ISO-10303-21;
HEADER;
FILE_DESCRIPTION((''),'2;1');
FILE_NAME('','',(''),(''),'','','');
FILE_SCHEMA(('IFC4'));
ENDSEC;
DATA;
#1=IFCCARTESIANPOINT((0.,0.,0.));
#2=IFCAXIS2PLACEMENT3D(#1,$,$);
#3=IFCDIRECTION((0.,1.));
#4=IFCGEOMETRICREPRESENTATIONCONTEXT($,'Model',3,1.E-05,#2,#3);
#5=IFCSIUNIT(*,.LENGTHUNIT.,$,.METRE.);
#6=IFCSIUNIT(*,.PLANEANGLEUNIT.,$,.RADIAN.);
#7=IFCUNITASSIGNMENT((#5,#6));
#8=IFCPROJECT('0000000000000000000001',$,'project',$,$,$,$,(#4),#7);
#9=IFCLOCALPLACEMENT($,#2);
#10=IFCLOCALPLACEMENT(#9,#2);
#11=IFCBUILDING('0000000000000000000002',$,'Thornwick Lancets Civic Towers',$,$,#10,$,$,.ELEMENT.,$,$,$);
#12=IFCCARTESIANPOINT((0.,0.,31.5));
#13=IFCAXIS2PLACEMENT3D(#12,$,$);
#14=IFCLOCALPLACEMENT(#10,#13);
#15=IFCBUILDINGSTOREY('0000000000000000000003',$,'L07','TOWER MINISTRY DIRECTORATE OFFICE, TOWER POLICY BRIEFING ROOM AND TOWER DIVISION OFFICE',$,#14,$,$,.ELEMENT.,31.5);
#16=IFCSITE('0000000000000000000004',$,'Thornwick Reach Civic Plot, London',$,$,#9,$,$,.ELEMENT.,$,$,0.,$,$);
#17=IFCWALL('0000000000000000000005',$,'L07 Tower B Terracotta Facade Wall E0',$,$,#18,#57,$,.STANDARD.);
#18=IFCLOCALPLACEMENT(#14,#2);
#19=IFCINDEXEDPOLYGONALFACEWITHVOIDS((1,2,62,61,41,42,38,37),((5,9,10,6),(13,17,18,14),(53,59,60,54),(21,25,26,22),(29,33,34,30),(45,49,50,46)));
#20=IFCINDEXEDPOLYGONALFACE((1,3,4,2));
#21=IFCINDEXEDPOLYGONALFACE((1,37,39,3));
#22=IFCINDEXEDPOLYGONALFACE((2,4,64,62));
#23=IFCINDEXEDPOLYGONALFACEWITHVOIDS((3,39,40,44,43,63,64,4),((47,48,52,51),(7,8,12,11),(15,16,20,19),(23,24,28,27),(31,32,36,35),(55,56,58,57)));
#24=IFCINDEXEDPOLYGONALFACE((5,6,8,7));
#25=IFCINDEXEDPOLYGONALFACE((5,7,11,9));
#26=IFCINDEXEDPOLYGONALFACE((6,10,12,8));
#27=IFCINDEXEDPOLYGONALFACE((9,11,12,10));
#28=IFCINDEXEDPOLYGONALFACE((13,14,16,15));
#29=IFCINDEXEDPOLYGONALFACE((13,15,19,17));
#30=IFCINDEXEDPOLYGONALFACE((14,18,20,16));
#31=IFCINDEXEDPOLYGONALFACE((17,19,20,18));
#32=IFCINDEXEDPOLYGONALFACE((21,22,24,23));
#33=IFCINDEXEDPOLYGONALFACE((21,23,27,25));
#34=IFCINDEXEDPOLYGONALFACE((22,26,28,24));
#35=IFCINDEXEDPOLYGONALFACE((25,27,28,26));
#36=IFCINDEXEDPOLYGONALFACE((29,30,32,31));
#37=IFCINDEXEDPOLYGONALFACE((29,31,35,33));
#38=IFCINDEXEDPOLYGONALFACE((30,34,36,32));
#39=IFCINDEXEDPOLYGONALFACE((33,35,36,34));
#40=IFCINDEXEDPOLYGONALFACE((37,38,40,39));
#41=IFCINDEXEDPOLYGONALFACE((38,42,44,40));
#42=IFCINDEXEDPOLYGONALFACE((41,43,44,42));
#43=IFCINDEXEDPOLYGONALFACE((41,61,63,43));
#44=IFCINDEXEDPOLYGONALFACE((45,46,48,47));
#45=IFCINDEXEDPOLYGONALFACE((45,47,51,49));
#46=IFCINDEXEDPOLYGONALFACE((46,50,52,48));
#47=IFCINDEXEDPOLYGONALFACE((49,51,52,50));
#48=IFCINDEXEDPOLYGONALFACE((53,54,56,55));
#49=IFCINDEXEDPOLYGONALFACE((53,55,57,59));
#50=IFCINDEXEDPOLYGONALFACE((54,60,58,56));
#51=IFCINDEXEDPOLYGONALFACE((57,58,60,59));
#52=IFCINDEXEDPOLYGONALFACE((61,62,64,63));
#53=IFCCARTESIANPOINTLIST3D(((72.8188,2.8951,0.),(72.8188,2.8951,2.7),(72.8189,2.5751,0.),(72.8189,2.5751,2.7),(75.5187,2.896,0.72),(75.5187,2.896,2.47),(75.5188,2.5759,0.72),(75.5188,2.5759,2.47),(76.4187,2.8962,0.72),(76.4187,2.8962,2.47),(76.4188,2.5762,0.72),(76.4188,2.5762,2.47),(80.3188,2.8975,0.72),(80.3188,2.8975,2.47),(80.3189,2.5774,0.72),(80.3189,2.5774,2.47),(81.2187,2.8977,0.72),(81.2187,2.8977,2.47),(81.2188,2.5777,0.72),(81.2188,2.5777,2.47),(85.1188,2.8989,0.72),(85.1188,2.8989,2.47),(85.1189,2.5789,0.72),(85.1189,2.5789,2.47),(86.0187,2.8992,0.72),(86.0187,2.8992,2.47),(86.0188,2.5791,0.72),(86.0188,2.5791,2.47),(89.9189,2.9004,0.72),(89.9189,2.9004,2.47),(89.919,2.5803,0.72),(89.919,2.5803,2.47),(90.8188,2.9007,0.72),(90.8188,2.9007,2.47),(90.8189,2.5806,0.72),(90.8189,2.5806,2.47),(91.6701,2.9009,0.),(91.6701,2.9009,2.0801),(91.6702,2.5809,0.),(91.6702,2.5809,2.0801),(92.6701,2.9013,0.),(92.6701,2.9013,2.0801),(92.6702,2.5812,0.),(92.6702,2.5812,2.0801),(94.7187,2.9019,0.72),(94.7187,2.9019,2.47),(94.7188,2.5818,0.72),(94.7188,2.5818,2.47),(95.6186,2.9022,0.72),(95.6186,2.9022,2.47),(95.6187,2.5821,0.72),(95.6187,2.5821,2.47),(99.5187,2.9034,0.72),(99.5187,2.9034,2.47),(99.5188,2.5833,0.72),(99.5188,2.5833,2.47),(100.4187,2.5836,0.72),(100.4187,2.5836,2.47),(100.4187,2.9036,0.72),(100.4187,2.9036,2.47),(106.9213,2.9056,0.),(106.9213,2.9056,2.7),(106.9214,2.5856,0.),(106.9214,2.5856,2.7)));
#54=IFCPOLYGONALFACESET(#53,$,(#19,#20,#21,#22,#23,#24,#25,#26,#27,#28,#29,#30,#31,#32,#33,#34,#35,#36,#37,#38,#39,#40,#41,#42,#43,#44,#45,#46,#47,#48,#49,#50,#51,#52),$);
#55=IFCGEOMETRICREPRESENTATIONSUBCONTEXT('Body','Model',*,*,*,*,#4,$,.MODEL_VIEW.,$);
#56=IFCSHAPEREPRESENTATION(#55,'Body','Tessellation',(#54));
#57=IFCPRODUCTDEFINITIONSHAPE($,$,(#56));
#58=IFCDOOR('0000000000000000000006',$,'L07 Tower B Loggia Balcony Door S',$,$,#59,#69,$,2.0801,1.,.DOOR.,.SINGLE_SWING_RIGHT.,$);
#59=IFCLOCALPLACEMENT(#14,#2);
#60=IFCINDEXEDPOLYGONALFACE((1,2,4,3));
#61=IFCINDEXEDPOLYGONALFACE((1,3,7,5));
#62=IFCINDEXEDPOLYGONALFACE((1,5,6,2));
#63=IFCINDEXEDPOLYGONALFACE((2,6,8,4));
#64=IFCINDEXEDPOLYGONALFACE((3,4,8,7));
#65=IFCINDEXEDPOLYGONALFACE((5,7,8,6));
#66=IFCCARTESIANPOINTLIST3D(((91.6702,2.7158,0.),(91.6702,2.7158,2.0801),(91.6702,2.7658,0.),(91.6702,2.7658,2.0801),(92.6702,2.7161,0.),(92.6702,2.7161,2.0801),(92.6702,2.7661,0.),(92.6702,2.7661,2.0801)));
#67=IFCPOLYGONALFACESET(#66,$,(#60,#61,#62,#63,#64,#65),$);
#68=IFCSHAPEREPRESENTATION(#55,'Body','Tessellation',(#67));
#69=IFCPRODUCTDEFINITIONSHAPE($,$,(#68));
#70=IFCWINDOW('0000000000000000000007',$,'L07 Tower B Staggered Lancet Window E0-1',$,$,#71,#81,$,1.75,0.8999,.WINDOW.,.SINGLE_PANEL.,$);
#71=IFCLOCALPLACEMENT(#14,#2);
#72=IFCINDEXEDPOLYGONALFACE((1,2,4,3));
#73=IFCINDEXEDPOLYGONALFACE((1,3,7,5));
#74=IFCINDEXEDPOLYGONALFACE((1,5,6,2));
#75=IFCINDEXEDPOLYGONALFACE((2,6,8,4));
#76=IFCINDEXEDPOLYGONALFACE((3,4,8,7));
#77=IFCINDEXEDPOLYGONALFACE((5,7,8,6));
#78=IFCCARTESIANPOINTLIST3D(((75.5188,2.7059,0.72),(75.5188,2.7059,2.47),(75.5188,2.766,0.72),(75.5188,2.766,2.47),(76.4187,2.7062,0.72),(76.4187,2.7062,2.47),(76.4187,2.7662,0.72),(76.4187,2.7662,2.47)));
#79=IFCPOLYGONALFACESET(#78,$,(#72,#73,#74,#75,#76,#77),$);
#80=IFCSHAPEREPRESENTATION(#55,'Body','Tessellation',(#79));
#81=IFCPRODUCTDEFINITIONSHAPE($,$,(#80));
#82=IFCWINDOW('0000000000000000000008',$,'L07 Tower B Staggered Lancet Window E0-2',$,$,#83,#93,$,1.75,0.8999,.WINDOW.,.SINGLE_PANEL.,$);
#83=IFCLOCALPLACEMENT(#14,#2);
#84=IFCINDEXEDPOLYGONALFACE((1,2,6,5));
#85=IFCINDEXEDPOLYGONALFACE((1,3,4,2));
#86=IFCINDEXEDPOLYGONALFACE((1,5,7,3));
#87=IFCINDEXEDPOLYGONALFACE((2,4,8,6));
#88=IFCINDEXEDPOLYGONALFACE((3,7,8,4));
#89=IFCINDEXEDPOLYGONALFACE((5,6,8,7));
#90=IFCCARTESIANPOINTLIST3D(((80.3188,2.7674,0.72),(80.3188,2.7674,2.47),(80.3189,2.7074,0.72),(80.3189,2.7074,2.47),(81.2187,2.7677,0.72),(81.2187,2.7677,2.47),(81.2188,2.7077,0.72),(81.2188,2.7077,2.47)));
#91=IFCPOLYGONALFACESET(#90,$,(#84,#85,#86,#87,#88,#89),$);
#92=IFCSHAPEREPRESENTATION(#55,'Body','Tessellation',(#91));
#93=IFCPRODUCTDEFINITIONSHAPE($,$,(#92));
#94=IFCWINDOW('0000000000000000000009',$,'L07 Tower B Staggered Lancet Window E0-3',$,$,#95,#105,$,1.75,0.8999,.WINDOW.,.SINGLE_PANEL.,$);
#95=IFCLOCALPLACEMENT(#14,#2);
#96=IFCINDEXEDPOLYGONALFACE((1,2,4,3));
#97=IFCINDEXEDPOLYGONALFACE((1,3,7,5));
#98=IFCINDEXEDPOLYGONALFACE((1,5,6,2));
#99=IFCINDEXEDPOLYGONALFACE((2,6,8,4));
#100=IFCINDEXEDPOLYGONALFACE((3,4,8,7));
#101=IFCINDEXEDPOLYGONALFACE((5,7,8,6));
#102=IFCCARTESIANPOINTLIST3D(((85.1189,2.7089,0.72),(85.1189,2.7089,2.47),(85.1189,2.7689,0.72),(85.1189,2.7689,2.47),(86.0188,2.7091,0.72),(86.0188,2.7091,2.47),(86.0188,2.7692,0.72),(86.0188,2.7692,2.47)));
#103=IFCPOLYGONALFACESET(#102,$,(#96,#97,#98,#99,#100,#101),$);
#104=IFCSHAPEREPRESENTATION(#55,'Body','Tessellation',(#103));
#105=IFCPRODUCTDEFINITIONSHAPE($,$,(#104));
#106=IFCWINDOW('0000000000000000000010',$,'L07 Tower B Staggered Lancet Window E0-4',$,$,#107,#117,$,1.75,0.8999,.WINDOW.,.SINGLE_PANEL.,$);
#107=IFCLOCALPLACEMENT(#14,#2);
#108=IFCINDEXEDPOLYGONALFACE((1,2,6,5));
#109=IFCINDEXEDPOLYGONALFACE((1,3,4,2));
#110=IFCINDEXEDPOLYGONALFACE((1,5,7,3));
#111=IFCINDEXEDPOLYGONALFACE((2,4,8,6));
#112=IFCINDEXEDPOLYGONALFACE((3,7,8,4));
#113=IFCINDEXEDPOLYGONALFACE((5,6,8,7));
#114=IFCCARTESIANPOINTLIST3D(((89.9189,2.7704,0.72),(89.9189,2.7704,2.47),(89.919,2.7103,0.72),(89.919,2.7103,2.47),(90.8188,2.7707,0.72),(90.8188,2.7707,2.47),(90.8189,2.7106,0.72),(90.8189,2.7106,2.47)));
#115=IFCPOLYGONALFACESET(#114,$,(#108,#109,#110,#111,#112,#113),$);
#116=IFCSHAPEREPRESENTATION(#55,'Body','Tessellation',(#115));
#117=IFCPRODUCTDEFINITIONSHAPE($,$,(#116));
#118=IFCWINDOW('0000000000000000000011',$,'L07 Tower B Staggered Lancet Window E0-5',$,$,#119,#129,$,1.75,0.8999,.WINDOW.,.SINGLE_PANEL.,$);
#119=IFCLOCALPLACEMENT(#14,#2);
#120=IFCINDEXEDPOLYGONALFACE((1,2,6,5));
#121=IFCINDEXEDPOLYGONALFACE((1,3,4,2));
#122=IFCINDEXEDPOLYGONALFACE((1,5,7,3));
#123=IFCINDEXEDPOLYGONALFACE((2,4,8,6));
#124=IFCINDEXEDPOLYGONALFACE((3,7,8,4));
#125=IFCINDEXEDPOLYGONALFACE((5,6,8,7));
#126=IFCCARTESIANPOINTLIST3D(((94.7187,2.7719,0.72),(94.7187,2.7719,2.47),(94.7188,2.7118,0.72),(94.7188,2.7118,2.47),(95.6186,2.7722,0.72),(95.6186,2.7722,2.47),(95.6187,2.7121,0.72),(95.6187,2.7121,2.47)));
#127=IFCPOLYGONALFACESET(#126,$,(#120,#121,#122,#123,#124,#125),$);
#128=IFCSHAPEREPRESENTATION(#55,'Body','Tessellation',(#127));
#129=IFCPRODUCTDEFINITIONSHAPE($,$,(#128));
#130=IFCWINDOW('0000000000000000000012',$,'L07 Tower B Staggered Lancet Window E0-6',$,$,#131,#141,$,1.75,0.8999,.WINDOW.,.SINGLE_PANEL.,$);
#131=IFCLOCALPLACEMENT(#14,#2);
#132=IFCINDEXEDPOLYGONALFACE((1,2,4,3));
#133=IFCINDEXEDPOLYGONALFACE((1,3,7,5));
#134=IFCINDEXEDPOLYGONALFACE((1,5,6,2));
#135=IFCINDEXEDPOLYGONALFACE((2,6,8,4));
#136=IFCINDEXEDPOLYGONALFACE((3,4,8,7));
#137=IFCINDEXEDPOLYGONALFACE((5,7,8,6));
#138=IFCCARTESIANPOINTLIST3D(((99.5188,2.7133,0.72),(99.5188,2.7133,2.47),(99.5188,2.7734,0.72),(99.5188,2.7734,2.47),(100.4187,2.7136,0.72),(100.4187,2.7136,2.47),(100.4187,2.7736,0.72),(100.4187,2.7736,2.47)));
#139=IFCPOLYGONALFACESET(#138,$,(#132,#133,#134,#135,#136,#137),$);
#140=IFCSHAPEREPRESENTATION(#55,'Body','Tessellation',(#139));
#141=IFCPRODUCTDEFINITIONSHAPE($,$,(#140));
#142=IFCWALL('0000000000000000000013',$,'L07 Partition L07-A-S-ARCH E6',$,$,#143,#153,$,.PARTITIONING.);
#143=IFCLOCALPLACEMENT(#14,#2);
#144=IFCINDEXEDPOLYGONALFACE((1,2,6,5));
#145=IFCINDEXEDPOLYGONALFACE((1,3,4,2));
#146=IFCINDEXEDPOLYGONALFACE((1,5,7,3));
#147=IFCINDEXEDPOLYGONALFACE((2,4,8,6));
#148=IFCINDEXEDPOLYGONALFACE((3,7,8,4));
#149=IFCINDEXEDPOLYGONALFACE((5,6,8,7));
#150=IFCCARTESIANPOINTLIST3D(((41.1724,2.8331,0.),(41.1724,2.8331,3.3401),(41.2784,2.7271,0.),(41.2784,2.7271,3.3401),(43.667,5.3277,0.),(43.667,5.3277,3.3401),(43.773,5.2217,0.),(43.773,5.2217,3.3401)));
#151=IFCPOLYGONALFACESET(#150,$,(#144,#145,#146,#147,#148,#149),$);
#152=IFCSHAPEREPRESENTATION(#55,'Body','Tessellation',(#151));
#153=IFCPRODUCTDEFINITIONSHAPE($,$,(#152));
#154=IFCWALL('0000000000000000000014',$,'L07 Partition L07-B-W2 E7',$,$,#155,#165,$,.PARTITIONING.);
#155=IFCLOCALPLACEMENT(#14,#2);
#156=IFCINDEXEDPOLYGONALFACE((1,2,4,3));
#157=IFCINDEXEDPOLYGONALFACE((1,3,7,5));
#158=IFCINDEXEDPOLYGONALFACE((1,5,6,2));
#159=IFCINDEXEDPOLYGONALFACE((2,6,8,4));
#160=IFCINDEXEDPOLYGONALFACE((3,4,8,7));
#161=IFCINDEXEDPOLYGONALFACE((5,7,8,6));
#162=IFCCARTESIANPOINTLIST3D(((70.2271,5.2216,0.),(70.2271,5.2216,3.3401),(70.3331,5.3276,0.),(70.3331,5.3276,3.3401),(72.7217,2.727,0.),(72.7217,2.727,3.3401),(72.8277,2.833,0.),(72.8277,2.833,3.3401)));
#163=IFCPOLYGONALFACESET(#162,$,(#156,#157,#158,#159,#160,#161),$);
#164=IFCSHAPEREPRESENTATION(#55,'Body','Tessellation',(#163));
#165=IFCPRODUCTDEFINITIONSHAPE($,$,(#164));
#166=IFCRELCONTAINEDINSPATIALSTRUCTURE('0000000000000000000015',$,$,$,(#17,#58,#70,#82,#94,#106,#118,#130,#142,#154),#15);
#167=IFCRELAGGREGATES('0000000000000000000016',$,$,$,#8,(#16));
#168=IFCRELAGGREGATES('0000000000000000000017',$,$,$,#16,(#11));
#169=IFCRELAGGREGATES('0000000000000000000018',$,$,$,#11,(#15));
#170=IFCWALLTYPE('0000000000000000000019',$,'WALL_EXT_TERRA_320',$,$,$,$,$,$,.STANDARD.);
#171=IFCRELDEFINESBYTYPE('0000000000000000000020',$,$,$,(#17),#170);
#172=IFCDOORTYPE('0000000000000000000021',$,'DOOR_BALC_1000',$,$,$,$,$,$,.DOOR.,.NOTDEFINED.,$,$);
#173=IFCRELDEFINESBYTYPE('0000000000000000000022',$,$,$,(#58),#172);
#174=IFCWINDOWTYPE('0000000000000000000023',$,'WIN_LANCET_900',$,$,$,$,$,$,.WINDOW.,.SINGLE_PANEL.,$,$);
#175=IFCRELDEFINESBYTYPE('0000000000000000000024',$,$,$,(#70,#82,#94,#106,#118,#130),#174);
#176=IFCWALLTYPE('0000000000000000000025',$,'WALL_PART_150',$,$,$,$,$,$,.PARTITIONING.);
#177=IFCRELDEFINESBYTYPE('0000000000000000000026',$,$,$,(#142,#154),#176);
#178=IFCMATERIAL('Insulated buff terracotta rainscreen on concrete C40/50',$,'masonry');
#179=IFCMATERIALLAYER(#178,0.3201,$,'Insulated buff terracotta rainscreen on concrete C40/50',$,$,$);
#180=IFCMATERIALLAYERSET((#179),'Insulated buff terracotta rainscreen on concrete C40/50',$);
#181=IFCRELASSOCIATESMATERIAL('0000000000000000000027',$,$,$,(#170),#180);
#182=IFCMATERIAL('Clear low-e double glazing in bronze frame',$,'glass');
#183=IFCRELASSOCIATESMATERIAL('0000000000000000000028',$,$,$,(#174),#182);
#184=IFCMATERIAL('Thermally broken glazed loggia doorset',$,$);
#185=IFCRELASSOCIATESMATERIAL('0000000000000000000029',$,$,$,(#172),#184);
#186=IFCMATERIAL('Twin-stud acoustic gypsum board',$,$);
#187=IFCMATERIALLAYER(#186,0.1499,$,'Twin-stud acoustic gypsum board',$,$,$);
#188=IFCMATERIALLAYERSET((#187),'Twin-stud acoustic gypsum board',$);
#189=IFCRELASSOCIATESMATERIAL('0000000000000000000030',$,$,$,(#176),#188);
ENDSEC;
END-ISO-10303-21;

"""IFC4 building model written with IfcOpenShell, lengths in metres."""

from ifc_helpers import new_model, si_unit, direction, frame, frame_2d, origin, place, context, subcontext, project, spatial, rectangle, extrude, material, layer, layer_set, type_object, element, fill, save


model = new_model("IFC4")

# Units and contexts
model_context = context("Model", 3, precision=1e-05, world=origin(), true_north=direction((0.0, 1.0)))
body_context = subcontext(model_context, "Body", "Model", "MODEL_VIEW")
ifc_project = project(units=[si_unit("LENGTHUNIT", "METRE"), si_unit("PLANEANGLEUNIT", "RADIAN")], contexts=[model_context])

# Site, building, storey
site_placement = place(None, origin())
site = spatial("IfcSite", under=ifc_project, at=site_placement, Name="Thornwick Reach Civic Plot, London", CompositionType="ELEMENT", RefElevation=0.0)
building_placement = place(site_placement, origin())
building = spatial("IfcBuilding", under=site, at=building_placement, Name="Thornwick Lancets Civic Towers", CompositionType="ELEMENT")
storey_placement = place(building_placement, frame((0.0, 0.0, 31.5)))
storey = spatial("IfcBuildingStorey", under=building, at=storey_placement, Name="L07", Description="TOWER MINISTRY DIRECTORATE OFFICE, TOWER POLICY BRIEFING ROOM AND TOWER DIVISION OFFICE", CompositionType="ELEMENT", Elevation=31.5)

# Shared definitions
ifc_material_1 = material(Name="Insulated buff terracotta rainscreen on concrete C40/50", Category="masonry")
ifc_layer_1 = layer(ifc_material_1, 0.3201, Name="Insulated buff terracotta rainscreen on concrete C40/50")
ifc_layer_set_1 = layer_set([ifc_layer_1], Name="Insulated buff terracotta rainscreen on concrete C40/50")
wall_type_1 = type_object("IfcWallType", Name="WALL_EXT_TERRA_320", PredefinedType="STANDARD", material=ifc_layer_set_1)
ifc_material_2 = material(Name="Clear low-e double glazing in bronze frame", Category="glass")
window_type = type_object("IfcWindowType", Name="WIN_LANCET_900", PartitioningType="SINGLE_PANEL", PredefinedType="WINDOW", material=ifc_material_2)

# Wall, openings, door, windows
wall_1_placement = place(storey_placement, frame((72.8188, 2.7351, 0.0), z_axis=(0.0, 0.0, 1.0), x_axis=(1.0, 0.000308, 0.0)))
wall_1 = element("IfcWall", 1, at=wall_1_placement, inside=storey, type_object=wall_type_1, Name="L07 Tower B Terracotta Facade Wall E0", PredefinedType="STANDARD", context=body_context, shape_type="SweptSolid", body=[
    extrude(rectangle(XDim=34.1025, YDim=0.3201, at=frame_2d((17.0513, 0.0))), origin(), (0.0, 0.0, 1.0), 2.7),
])
opening_1_placement = place(wall_1_placement, frame((18.8513, 0.0, 0.0)))
opening_1 = element("IfcOpeningElement", 2, at=opening_1_placement, cuts=wall_1, PredefinedType="OPENING", context=body_context, shape_type="SweptSolid", body=[
    extrude(rectangle(XDim=1.0, YDim=2.0801, at=frame_2d((0.5, 1.04))), frame((0.0, 0.1699, 0.0), z_axis=(0.0, -1.0, 0.0), x_axis=(1.0, 0.0, 0.0)), (0.0, 0.0, 1.0), 0.3401),
])
opening_2_placement = place(wall_1_placement, frame((2.7, 0.0, 0.72)))
opening_2 = element("IfcOpeningElement", 3, at=opening_2_placement, cuts=wall_1, PredefinedType="OPENING", context=body_context, shape_type="SweptSolid", body=[
    extrude(rectangle(XDim=0.8999, YDim=1.75, at=frame_2d((0.45, 0.875))), frame((0.0, 0.1699, 0.0), z_axis=(0.0, -1.0, 0.0), x_axis=(1.0, 0.0, 0.0)), (0.0, 0.0, 1.0), 0.3401),
])
opening_3_placement = place(wall_1_placement, frame((7.5, 0.0, 0.72)))
opening_3 = element("IfcOpeningElement", 4, at=opening_3_placement, cuts=wall_1, PredefinedType="OPENING", context=body_context, shape_type="SweptSolid", body=[
    extrude(rectangle(XDim=0.8999, YDim=1.75, at=frame_2d((0.45, 0.875))), frame((0.0, 0.1699, 0.0), z_axis=(0.0, -1.0, 0.0), x_axis=(1.0, 0.0, 0.0)), (0.0, 0.0, 1.0), 0.3401),
])
opening_4_placement = place(wall_1_placement, frame((12.3, 0.0, 0.72)))
opening_4 = element("IfcOpeningElement", 5, at=opening_4_placement, cuts=wall_1, PredefinedType="OPENING", context=body_context, shape_type="SweptSolid", body=[
    extrude(rectangle(XDim=0.8999, YDim=1.75, at=frame_2d((0.45, 0.875))), frame((0.0, 0.1699, 0.0), z_axis=(0.0, -1.0, 0.0), x_axis=(1.0, 0.0, 0.0)), (0.0, 0.0, 1.0), 0.3401),
])
opening_5_placement = place(wall_1_placement, frame((17.1001, 0.0, 0.72)))
opening_5 = element("IfcOpeningElement", 6, at=opening_5_placement, cuts=wall_1, PredefinedType="OPENING", context=body_context, shape_type="SweptSolid", body=[
    extrude(rectangle(XDim=0.8999, YDim=1.75, at=frame_2d((0.45, 0.875))), frame((0.0, 0.1699, 0.0), z_axis=(0.0, -1.0, 0.0), x_axis=(1.0, 0.0, 0.0)), (0.0, 0.0, 1.0), 0.3401),
])
opening_6_placement = place(wall_1_placement, frame((21.8999, 0.0, 0.72)))
opening_6 = element("IfcOpeningElement", 7, at=opening_6_placement, cuts=wall_1, PredefinedType="OPENING", context=body_context, shape_type="SweptSolid", body=[
    extrude(rectangle(XDim=0.8999, YDim=1.75, at=frame_2d((0.45, 0.875))), frame((0.0, 0.1699, 0.0), z_axis=(0.0, -1.0, 0.0), x_axis=(1.0, 0.0, 0.0)), (0.0, 0.0, 1.0), 0.3401),
])
opening_7_placement = place(wall_1_placement, frame((26.7, 0.0, 0.72)))
opening_7 = element("IfcOpeningElement", 8, at=opening_7_placement, cuts=wall_1, PredefinedType="OPENING", context=body_context, shape_type="SweptSolid", body=[
    extrude(rectangle(XDim=0.8999, YDim=1.75, at=frame_2d((0.45, 0.875))), frame((0.0, 0.1699, 0.0), z_axis=(0.0, -1.0, 0.0), x_axis=(1.0, 0.0, 0.0)), (0.0, 0.0, 1.0), 0.3401),
])
ifc_material_3 = material(Name="Thermally broken glazed loggia doorset")
door_type = type_object("IfcDoorType", Name="DOOR_BALC_1000", OperationType="NOTDEFINED", PredefinedType="DOOR", material=ifc_material_3)
door_placement = place(opening_1_placement, origin())
door = element("IfcDoor", 9, at=door_placement, inside=storey, type_object=door_type, Name="L07 Tower B Loggia Balcony Door S", OperationType="SINGLE_SWING_RIGHT", OverallHeight=2.0801, OverallWidth=1.0, PredefinedType="DOOR", context=body_context, shape_type="SweptSolid", body=[
    extrude(rectangle(XDim=1.0, YDim=2.0801, at=frame_2d((0.5, 1.04))), frame((0.0, 0.0249, 0.0), z_axis=(0.0, -1.0, 0.0), x_axis=(1.0, 0.0, 0.0)), (0.0, 0.0, 1.0), 0.05),
])
fill(opening_1, door)
window_1_placement = place(opening_2_placement, origin())
window_1 = element("IfcWindow", 10, at=window_1_placement, inside=storey, type_object=window_type, Name="L07 Tower B Staggered Lancet Window E0-1", OverallHeight=1.75, OverallWidth=0.8999, PartitioningType="SINGLE_PANEL", PredefinedType="WINDOW", context=body_context, shape_type="SweptSolid", body=[
    extrude(rectangle(XDim=0.8999, YDim=1.75, at=frame_2d((0.45, 0.875))), frame((0.0, 0.03, 0.0), z_axis=(0.0, -1.0, 0.0), x_axis=(1.0, 0.0, 0.0)), (0.0, 0.0, 1.0), 0.0601),
])
fill(opening_2, window_1)
window_2_placement = place(opening_3_placement, origin())
window_2 = element("IfcWindow", 11, at=window_2_placement, inside=storey, type_object=window_type, Name="L07 Tower B Staggered Lancet Window E0-2", OverallHeight=1.75, OverallWidth=0.8999, PartitioningType="SINGLE_PANEL", PredefinedType="WINDOW", context=body_context, shape_type="SweptSolid", body=[
    extrude(rectangle(XDim=0.8999, YDim=1.75, at=frame_2d((0.45, 0.875))), frame((0.0, 0.03, 0.0), z_axis=(0.0, -1.0, 0.0), x_axis=(1.0, 0.0, 0.0)), (0.0, 0.0, 1.0), 0.0601),
])
fill(opening_3, window_2)
window_3_placement = place(opening_4_placement, origin())
window_3 = element("IfcWindow", 12, at=window_3_placement, inside=storey, type_object=window_type, Name="L07 Tower B Staggered Lancet Window E0-3", OverallHeight=1.75, OverallWidth=0.8999, PartitioningType="SINGLE_PANEL", PredefinedType="WINDOW", context=body_context, shape_type="SweptSolid", body=[
    extrude(rectangle(XDim=0.8999, YDim=1.75, at=frame_2d((0.45, 0.875))), frame((0.0, 0.03, 0.0), z_axis=(0.0, -1.0, 0.0), x_axis=(1.0, 0.0, 0.0)), (0.0, 0.0, 1.0), 0.0601),
])
fill(opening_4, window_3)
window_4_placement = place(opening_5_placement, origin())
window_4 = element("IfcWindow", 13, at=window_4_placement, inside=storey, type_object=window_type, Name="L07 Tower B Staggered Lancet Window E0-4", OverallHeight=1.75, OverallWidth=0.8999, PartitioningType="SINGLE_PANEL", PredefinedType="WINDOW", context=body_context, shape_type="SweptSolid", body=[
    extrude(rectangle(XDim=0.8999, YDim=1.75, at=frame_2d((0.45, 0.875))), frame((0.0, 0.03, 0.0), z_axis=(0.0, -1.0, 0.0), x_axis=(1.0, 0.0, 0.0)), (0.0, 0.0, 1.0), 0.0601),
])
fill(opening_5, window_4)
window_5_placement = place(opening_6_placement, origin())
window_5 = element("IfcWindow", 14, at=window_5_placement, inside=storey, type_object=window_type, Name="L07 Tower B Staggered Lancet Window E0-5", OverallHeight=1.75, OverallWidth=0.8999, PartitioningType="SINGLE_PANEL", PredefinedType="WINDOW", context=body_context, shape_type="SweptSolid", body=[
    extrude(rectangle(XDim=0.8999, YDim=1.75, at=frame_2d((0.45, 0.875))), frame((0.0, 0.03, 0.0), z_axis=(0.0, -1.0, 0.0), x_axis=(1.0, 0.0, 0.0)), (0.0, 0.0, 1.0), 0.0601),
])
fill(opening_6, window_5)
window_6_placement = place(opening_7_placement, origin())
window_6 = element("IfcWindow", 15, at=window_6_placement, inside=storey, type_object=window_type, Name="L07 Tower B Staggered Lancet Window E0-6", OverallHeight=1.75, OverallWidth=0.8999, PartitioningType="SINGLE_PANEL", PredefinedType="WINDOW", context=body_context, shape_type="SweptSolid", body=[
    extrude(rectangle(XDim=0.8999, YDim=1.75, at=frame_2d((0.45, 0.875))), frame((0.0, 0.03, 0.0), z_axis=(0.0, -1.0, 0.0), x_axis=(1.0, 0.0, 0.0)), (0.0, 0.0, 1.0), 0.0601),
])
fill(opening_7, window_6)

# Walls
ifc_material_4 = material(Name="Twin-stud acoustic gypsum board")
ifc_layer_2 = layer(ifc_material_4, 0.1499, Name="Twin-stud acoustic gypsum board")
ifc_layer_set_2 = layer_set([ifc_layer_2], Name="Twin-stud acoustic gypsum board")
wall_type_2 = type_object("IfcWallType", Name="WALL_PART_150", PredefinedType="PARTITIONING", material=ifc_layer_set_2)
for number, where, z_axis, x_axis, name in (
    (16, (43.72, 5.2747, 0.0), (0.0, 0.0, 1.0), (-0.707107, -0.707107, 0.0), "L07 Partition L07-A-S-ARCH E6"),
    (17, (72.7747, 2.78, 0.0), (0.0, 0.0, 1.0), (-0.707107, 0.707107, 0.0), "L07 Partition L07-B-W2 E7"),
):
    element("IfcWall", number, at=place(storey_placement, frame(where, z_axis=z_axis, x_axis=x_axis)), inside=storey, type_object=wall_type_2, Name=name, PredefinedType="PARTITIONING", context=body_context, shape_type="SweptSolid", body=[
        extrude(rectangle(XDim=3.5278, YDim=0.1499, at=frame_2d((1.7639, 0.0))), origin(), (0.0, 0.0, 1.0), 3.3401),
    ])

save(model, "model.ifc")
